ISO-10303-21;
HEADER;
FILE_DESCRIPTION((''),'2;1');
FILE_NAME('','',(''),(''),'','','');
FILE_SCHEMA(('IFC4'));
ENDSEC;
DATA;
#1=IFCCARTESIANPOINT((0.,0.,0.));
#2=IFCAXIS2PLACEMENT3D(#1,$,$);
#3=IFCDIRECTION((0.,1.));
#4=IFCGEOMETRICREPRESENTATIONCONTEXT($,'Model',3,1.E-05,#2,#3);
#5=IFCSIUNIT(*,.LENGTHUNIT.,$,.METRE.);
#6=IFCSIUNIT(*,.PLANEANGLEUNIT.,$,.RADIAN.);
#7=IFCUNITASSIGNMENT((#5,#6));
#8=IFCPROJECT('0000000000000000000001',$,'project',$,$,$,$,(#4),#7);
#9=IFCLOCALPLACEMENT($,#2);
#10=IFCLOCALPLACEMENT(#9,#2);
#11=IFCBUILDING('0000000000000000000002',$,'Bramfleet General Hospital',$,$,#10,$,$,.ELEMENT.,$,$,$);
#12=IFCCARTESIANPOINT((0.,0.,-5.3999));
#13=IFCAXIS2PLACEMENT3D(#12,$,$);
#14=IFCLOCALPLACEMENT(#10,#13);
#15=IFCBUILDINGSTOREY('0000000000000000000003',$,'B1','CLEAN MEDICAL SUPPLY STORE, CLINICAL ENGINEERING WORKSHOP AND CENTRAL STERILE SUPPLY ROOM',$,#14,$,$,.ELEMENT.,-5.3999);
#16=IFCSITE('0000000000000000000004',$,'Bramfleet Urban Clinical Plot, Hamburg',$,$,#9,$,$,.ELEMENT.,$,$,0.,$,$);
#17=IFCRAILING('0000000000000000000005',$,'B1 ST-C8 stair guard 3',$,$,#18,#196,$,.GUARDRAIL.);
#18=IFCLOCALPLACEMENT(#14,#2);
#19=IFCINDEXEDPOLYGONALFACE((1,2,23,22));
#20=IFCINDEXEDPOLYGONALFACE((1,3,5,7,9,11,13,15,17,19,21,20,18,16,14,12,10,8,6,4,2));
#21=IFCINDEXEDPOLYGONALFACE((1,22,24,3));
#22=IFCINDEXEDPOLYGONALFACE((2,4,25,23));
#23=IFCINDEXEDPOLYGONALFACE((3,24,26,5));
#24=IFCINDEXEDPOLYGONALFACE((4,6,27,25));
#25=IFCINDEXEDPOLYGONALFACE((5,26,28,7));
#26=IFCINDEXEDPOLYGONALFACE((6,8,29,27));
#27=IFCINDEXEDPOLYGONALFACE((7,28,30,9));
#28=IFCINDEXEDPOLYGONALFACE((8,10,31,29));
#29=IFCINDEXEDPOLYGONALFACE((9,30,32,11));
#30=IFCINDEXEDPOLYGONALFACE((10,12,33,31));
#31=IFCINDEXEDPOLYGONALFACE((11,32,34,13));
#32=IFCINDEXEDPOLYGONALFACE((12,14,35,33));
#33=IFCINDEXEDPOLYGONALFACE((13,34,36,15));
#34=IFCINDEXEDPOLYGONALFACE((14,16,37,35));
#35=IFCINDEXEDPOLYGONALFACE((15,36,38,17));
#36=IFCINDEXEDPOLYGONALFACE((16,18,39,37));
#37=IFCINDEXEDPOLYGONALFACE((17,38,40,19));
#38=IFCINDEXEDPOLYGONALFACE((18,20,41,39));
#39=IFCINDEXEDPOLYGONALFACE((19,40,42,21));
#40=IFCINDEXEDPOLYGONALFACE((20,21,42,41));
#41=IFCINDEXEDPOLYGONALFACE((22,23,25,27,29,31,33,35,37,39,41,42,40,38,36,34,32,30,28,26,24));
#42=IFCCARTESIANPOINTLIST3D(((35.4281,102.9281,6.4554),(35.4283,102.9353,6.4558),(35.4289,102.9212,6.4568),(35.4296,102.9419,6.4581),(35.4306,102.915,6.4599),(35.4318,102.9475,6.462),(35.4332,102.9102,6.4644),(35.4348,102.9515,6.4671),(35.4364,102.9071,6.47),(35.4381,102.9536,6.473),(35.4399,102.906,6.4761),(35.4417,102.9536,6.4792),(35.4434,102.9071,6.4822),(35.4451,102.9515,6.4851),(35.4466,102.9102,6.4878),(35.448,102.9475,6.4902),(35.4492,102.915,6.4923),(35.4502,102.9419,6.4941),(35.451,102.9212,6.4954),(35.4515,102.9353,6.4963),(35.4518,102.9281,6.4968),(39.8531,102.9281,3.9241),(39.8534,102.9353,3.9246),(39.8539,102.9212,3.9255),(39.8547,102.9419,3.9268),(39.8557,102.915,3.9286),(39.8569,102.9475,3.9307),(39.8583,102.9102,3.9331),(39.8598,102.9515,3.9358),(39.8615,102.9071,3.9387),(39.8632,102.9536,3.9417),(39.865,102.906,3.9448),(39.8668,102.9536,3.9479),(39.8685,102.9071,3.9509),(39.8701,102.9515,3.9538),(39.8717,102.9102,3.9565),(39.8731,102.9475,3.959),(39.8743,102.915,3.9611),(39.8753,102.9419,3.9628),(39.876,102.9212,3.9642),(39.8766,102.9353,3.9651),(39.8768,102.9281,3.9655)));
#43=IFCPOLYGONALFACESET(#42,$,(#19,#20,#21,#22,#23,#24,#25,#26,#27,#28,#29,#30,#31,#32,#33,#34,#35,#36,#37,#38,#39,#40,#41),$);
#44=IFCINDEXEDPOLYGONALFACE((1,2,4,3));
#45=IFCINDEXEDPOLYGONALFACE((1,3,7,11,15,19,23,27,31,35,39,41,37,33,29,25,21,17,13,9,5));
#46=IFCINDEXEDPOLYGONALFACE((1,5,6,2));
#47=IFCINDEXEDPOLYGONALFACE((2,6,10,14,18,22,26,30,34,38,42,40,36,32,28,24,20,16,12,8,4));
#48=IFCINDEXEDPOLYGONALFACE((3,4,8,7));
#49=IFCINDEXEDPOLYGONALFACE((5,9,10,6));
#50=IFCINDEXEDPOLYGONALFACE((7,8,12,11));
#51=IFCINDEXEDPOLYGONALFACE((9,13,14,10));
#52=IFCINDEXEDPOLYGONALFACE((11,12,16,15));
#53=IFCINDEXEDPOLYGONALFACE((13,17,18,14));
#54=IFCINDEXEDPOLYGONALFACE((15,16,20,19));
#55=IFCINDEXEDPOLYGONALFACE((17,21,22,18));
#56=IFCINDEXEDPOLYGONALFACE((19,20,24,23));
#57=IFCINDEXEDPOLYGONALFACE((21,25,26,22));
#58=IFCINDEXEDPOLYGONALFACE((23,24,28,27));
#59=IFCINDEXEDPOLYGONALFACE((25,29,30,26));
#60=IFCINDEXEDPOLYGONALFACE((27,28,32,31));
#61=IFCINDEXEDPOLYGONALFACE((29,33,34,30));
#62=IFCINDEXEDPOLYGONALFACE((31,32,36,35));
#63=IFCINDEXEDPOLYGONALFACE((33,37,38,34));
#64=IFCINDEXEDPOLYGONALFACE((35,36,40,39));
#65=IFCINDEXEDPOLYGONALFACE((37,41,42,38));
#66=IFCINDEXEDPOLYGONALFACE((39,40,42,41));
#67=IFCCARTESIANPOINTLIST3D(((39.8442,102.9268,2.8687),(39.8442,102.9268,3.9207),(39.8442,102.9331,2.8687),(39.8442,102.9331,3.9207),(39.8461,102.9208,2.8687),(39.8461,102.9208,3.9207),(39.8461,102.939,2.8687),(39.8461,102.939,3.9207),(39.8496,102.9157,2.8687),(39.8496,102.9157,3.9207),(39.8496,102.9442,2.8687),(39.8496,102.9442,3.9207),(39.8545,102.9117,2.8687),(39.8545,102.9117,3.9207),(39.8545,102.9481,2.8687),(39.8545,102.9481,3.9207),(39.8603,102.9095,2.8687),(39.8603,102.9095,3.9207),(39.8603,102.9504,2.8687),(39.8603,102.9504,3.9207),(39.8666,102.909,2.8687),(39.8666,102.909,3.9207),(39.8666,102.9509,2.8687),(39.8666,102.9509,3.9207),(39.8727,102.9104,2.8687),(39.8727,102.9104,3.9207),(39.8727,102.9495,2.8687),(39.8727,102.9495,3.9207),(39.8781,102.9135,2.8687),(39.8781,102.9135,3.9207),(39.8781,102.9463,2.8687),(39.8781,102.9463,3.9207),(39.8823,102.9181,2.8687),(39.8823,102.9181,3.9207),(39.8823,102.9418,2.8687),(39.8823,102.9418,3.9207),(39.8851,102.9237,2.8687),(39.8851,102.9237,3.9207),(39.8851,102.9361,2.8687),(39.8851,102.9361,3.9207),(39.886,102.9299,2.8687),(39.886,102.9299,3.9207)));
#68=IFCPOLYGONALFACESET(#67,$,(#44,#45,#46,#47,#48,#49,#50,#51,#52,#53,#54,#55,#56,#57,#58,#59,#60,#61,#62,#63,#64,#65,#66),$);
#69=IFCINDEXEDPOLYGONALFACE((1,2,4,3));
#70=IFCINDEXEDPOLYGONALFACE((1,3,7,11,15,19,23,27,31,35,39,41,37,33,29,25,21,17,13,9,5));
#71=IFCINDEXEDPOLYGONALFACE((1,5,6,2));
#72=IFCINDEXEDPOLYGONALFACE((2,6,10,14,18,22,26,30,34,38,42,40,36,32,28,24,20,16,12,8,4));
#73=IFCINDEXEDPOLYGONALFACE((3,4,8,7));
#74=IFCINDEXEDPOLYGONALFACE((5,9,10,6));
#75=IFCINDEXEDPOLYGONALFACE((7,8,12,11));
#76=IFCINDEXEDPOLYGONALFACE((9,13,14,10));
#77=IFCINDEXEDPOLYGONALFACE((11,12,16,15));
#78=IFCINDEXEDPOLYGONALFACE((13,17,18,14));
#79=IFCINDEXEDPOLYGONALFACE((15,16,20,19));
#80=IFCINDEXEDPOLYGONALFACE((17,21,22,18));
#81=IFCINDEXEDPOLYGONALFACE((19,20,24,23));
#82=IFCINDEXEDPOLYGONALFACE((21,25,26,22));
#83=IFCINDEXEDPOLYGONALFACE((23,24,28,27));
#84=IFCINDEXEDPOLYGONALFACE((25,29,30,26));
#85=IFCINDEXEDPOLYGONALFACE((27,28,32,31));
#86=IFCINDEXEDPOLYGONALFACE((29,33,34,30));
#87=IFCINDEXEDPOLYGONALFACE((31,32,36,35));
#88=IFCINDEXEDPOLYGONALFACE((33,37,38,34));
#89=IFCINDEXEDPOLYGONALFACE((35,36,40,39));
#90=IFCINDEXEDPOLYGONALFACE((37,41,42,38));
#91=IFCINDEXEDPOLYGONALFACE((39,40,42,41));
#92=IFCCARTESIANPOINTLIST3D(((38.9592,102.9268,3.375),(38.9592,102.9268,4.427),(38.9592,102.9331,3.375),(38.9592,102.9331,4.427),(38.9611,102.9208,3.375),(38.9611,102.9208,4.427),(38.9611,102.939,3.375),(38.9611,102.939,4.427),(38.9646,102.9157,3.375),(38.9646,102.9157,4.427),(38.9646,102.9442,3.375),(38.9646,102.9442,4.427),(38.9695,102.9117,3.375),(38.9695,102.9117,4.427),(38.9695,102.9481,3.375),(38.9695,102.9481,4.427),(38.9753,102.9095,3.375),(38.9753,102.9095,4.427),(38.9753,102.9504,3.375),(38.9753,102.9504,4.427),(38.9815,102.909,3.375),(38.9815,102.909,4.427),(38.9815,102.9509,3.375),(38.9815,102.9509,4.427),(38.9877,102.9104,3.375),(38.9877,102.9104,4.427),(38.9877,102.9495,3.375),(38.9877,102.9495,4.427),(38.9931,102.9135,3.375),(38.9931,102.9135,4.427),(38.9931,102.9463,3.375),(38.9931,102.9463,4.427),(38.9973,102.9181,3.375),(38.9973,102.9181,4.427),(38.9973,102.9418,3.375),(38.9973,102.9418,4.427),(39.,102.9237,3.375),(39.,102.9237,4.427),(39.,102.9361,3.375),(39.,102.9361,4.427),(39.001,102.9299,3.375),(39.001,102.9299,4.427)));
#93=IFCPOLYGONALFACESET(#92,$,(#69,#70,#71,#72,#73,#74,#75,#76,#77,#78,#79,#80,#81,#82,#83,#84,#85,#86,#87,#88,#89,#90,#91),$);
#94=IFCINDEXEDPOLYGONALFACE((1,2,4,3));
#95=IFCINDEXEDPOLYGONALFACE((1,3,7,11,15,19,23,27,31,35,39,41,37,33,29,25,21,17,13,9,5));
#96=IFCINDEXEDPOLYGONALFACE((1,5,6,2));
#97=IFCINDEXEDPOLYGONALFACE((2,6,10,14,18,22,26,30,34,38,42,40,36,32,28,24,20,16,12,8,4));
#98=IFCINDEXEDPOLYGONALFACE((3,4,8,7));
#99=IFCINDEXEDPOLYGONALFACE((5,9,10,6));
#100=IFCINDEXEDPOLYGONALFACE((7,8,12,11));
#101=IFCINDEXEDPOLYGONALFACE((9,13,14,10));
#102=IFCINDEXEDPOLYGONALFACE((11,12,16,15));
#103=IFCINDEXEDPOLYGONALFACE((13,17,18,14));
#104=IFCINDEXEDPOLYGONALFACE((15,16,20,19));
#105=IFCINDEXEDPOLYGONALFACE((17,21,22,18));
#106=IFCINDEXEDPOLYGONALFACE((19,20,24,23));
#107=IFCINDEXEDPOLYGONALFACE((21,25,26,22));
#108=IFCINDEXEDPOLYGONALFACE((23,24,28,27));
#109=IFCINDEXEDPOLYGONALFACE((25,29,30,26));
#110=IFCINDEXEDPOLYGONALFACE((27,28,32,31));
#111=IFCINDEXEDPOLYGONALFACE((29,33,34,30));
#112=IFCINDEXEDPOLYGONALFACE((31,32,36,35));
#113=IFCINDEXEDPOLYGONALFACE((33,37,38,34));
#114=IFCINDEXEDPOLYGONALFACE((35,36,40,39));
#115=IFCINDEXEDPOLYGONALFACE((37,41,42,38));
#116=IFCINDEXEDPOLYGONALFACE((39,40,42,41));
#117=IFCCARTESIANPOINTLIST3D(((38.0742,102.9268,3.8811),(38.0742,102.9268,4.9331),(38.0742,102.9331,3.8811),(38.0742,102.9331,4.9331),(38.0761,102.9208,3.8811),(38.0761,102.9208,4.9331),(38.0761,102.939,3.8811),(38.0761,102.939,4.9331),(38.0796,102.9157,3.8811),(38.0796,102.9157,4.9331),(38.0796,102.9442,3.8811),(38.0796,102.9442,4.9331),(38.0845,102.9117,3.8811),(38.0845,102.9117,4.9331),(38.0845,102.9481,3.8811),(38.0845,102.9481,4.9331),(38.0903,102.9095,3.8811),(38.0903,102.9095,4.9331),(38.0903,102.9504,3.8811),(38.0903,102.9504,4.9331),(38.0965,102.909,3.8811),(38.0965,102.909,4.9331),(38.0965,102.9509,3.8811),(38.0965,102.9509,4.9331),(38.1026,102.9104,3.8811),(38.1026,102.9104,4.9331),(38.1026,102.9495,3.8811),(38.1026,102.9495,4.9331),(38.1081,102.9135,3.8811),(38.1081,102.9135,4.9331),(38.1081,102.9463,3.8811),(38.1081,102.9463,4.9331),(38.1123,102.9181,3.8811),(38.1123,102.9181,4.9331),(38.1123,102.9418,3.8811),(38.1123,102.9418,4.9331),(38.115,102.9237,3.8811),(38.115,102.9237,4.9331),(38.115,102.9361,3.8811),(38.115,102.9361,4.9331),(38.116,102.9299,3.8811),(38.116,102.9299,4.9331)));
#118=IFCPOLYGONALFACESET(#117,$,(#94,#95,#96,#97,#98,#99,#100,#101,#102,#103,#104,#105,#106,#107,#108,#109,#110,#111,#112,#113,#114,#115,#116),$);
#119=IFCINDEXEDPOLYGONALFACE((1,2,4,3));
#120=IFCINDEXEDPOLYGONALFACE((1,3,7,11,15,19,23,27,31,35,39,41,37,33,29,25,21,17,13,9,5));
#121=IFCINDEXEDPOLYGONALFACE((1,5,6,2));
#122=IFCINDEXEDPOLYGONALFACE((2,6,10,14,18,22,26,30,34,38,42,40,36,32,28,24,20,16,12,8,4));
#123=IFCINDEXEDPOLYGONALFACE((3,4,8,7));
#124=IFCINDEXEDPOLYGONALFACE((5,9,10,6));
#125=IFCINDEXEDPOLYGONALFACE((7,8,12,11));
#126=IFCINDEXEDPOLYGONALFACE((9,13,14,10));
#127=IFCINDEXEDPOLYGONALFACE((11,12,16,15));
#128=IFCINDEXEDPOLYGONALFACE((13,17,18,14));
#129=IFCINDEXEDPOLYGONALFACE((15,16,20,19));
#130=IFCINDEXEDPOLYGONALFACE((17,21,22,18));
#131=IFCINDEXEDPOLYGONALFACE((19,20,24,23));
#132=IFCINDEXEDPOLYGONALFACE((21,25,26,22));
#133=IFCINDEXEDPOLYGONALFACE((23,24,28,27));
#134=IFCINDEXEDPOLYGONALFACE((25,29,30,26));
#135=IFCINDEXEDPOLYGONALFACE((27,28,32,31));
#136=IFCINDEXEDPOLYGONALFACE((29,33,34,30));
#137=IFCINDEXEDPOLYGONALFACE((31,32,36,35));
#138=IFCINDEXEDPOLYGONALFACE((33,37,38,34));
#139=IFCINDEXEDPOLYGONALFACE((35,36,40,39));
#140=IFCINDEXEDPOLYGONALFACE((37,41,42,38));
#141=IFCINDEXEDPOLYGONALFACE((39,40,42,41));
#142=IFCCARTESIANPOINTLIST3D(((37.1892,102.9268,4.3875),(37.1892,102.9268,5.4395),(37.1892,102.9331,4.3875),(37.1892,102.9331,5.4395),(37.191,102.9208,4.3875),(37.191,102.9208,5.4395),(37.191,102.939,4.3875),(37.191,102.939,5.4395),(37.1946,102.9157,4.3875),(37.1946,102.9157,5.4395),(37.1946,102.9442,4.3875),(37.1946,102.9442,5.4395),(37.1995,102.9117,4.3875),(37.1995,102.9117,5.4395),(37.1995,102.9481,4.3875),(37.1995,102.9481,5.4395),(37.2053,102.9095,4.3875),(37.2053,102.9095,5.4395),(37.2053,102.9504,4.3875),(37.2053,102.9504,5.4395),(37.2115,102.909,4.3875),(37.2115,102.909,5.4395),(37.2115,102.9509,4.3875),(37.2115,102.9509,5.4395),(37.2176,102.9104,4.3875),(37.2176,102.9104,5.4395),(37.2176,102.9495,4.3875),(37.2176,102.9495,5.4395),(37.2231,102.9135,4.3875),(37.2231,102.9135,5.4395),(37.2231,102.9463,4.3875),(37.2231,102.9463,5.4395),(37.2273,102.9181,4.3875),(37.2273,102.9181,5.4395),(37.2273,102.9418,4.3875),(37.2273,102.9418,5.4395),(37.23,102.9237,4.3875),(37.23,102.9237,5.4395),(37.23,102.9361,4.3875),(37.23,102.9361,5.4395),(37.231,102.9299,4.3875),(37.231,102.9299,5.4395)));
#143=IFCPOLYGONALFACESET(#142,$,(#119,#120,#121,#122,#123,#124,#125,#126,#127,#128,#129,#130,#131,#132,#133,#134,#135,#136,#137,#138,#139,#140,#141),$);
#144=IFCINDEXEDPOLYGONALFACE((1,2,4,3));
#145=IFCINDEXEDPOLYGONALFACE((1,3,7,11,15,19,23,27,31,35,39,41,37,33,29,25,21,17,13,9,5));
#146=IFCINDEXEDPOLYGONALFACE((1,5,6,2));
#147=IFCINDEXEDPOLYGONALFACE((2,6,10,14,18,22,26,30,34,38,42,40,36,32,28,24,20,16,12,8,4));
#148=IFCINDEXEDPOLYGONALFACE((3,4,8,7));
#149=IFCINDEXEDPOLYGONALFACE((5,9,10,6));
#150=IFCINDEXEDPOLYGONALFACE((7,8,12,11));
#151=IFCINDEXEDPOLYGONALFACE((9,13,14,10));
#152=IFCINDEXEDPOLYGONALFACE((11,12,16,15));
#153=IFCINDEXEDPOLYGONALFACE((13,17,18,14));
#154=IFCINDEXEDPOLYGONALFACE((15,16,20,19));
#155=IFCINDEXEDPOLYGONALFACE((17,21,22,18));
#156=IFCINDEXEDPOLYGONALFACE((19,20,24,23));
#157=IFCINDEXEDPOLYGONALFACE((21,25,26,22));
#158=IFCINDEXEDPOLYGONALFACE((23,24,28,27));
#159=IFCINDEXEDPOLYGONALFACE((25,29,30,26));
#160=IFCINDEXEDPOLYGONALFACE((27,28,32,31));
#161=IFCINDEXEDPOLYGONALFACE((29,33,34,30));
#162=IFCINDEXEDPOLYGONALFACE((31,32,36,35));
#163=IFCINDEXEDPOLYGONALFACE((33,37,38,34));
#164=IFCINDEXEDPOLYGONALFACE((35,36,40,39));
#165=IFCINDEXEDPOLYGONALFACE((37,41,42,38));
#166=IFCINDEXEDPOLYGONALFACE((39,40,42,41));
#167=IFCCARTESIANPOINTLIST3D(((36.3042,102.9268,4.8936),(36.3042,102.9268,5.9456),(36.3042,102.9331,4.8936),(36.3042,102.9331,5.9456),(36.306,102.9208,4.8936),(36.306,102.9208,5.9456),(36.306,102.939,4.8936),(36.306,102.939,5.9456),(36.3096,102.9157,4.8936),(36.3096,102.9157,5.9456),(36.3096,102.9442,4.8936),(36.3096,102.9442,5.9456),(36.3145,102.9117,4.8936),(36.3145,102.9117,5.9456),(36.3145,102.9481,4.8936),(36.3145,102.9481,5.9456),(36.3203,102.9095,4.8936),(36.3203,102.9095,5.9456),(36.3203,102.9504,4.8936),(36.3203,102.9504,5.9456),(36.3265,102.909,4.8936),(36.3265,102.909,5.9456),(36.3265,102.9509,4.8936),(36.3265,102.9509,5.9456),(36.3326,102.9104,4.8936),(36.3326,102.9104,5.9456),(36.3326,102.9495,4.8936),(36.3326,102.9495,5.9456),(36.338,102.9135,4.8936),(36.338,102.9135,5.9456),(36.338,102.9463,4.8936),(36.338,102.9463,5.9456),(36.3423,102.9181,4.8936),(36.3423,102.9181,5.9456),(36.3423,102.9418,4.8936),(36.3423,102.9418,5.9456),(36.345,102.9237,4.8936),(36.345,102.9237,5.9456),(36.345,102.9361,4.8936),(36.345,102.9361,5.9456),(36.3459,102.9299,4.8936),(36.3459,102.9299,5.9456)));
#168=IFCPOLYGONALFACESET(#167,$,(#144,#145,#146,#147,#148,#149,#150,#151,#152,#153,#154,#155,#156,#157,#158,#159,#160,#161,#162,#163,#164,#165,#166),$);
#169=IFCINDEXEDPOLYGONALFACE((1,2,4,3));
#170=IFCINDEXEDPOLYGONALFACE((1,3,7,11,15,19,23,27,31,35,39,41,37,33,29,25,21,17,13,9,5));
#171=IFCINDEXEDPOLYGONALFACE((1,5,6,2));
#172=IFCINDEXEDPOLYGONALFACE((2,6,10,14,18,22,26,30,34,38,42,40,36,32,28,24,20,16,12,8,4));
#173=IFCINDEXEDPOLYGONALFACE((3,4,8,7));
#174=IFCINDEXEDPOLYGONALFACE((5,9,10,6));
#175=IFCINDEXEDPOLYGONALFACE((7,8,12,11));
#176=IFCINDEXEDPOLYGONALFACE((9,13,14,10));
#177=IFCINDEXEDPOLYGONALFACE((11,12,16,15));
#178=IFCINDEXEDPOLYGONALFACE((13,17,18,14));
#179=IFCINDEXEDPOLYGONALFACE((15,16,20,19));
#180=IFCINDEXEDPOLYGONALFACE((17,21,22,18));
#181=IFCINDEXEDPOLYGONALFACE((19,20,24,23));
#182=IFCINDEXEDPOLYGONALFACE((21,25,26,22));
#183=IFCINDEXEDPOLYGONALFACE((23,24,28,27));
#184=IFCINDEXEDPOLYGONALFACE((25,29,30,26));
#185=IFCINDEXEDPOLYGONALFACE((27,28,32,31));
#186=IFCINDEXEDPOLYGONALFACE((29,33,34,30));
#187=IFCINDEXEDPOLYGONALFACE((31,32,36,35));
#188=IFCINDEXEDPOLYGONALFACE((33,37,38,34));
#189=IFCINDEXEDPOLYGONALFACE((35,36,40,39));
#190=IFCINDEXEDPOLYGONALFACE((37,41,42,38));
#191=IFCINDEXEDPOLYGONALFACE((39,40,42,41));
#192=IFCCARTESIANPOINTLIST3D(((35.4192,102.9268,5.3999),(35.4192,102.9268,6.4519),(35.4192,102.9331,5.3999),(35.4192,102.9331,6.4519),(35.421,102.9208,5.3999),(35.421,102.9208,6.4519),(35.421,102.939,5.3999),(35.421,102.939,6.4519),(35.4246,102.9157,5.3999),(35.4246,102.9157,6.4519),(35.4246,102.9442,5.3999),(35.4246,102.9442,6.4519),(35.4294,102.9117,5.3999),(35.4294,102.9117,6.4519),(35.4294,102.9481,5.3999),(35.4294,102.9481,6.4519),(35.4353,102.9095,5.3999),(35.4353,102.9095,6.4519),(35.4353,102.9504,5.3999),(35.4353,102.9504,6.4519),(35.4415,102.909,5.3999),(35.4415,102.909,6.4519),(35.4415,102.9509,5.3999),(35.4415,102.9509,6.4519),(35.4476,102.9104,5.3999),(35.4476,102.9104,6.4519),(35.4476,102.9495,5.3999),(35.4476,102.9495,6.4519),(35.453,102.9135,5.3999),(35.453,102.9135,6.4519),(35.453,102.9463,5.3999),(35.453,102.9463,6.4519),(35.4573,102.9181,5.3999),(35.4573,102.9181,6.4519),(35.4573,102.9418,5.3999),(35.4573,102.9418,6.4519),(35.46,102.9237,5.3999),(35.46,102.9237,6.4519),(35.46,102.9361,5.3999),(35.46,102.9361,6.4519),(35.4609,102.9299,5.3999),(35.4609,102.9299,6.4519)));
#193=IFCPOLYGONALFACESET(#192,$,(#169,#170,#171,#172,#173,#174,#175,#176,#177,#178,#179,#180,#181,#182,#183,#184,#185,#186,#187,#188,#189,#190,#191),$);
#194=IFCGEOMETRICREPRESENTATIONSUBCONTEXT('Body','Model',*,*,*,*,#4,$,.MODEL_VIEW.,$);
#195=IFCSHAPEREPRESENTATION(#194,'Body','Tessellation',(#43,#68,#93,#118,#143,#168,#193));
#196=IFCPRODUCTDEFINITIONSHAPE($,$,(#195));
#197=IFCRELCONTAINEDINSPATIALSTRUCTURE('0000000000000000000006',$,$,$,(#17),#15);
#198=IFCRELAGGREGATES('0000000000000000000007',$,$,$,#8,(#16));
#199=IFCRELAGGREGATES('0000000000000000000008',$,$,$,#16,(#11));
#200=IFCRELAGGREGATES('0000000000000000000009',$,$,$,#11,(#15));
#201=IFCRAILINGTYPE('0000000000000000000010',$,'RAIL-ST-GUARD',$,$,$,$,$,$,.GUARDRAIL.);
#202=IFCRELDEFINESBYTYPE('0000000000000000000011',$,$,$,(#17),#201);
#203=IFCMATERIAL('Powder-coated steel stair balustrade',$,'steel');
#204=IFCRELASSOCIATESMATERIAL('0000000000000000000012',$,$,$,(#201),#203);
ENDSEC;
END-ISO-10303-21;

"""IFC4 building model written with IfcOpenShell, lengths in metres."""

from ifc_helpers import new_model, si_unit, direction, frame, origin, origin_2d, place, context, subcontext, project, spatial, circle, extrude, material, type_object, element, save


model = new_model("IFC4")

# Units and contexts
model_context = context("Model", 3, precision=1e-05, world=origin(), true_north=direction((0.0, 1.0)))
body_context = subcontext(model_context, "Body", "Model", "MODEL_VIEW")
ifc_project = project(units=[si_unit("LENGTHUNIT", "METRE"), si_unit("PLANEANGLEUNIT", "RADIAN")], contexts=[model_context])

# Site, building, storey
site_placement = place(None, origin())
site = spatial("IfcSite", under=ifc_project, at=site_placement, Name="Bramfleet Urban Clinical Plot, Hamburg", CompositionType="ELEMENT", RefElevation=0.0)
building_placement = place(site_placement, origin())
building = spatial("IfcBuilding", under=site, at=building_placement, Name="Bramfleet General Hospital", CompositionType="ELEMENT")
storey_placement = place(building_placement, frame((0.0, 0.0, -5.3999)))
storey = spatial("IfcBuildingStorey", under=building, at=storey_placement, Name="B1", Description="CLEAN MEDICAL SUPPLY STORE, CLINICAL ENGINEERING WORKSHOP AND CENTRAL STERILE SUPPLY ROOM", CompositionType="ELEMENT", Elevation=-5.3999)

# Railing
ifc_material_1 = material(Name="Powder-coated steel stair balustrade", Category="steel")
railing_type_1 = type_object("IfcRailingType", Name="RAIL-ST-GUARD", PredefinedType="GUARDRAIL", material=ifc_material_1)
railing_1_placement = place(storey_placement, frame((39.865, 102.9299, 2.8687)))
element("IfcRailing", 1, at=railing_1_placement, inside=storey, type_object=railing_type_1, Name="B1 ST-C8 stair guard 3", PredefinedType="GUARDRAIL", context=body_context, shape_type="SweptSolid", body=[
    extrude(circle(Radius=0.0239, at=origin_2d()), frame((0.0, 0.0, 1.0762), z_axis=(-0.868019, 0.0, 0.496531), x_axis=(0.0, -1.0, 0.0)), (0.0, 0.0, 1.0), 5.0979),
    extrude(circle(Radius=0.021, at=origin_2d()), origin(), (0.0, 0.0, 1.0), 1.052),
    extrude(circle(Radius=0.021, at=origin_2d()), frame((-0.885, 0.0, 0.5063)), (0.0, 0.0, 1.0), 1.052),
    extrude(circle(Radius=0.021, at=origin_2d()), frame((-1.77, 0.0, 1.0125)), (0.0, 0.0, 1.0), 1.052),
    extrude(circle(Radius=0.021, at=origin_2d()), frame((-2.655, 0.0, 1.5188)), (0.0, 0.0, 1.0), 1.052),
    extrude(circle(Radius=0.021, at=origin_2d()), frame((-3.54, 0.0, 2.0249)), (0.0, 0.0, 1.0), 1.052),
    extrude(circle(Radius=0.021, at=origin_2d()), frame((-4.425, 0.0, 2.5312)), (0.0, 0.0, 1.0), 1.052),
])

save(model, "model.ifc")
